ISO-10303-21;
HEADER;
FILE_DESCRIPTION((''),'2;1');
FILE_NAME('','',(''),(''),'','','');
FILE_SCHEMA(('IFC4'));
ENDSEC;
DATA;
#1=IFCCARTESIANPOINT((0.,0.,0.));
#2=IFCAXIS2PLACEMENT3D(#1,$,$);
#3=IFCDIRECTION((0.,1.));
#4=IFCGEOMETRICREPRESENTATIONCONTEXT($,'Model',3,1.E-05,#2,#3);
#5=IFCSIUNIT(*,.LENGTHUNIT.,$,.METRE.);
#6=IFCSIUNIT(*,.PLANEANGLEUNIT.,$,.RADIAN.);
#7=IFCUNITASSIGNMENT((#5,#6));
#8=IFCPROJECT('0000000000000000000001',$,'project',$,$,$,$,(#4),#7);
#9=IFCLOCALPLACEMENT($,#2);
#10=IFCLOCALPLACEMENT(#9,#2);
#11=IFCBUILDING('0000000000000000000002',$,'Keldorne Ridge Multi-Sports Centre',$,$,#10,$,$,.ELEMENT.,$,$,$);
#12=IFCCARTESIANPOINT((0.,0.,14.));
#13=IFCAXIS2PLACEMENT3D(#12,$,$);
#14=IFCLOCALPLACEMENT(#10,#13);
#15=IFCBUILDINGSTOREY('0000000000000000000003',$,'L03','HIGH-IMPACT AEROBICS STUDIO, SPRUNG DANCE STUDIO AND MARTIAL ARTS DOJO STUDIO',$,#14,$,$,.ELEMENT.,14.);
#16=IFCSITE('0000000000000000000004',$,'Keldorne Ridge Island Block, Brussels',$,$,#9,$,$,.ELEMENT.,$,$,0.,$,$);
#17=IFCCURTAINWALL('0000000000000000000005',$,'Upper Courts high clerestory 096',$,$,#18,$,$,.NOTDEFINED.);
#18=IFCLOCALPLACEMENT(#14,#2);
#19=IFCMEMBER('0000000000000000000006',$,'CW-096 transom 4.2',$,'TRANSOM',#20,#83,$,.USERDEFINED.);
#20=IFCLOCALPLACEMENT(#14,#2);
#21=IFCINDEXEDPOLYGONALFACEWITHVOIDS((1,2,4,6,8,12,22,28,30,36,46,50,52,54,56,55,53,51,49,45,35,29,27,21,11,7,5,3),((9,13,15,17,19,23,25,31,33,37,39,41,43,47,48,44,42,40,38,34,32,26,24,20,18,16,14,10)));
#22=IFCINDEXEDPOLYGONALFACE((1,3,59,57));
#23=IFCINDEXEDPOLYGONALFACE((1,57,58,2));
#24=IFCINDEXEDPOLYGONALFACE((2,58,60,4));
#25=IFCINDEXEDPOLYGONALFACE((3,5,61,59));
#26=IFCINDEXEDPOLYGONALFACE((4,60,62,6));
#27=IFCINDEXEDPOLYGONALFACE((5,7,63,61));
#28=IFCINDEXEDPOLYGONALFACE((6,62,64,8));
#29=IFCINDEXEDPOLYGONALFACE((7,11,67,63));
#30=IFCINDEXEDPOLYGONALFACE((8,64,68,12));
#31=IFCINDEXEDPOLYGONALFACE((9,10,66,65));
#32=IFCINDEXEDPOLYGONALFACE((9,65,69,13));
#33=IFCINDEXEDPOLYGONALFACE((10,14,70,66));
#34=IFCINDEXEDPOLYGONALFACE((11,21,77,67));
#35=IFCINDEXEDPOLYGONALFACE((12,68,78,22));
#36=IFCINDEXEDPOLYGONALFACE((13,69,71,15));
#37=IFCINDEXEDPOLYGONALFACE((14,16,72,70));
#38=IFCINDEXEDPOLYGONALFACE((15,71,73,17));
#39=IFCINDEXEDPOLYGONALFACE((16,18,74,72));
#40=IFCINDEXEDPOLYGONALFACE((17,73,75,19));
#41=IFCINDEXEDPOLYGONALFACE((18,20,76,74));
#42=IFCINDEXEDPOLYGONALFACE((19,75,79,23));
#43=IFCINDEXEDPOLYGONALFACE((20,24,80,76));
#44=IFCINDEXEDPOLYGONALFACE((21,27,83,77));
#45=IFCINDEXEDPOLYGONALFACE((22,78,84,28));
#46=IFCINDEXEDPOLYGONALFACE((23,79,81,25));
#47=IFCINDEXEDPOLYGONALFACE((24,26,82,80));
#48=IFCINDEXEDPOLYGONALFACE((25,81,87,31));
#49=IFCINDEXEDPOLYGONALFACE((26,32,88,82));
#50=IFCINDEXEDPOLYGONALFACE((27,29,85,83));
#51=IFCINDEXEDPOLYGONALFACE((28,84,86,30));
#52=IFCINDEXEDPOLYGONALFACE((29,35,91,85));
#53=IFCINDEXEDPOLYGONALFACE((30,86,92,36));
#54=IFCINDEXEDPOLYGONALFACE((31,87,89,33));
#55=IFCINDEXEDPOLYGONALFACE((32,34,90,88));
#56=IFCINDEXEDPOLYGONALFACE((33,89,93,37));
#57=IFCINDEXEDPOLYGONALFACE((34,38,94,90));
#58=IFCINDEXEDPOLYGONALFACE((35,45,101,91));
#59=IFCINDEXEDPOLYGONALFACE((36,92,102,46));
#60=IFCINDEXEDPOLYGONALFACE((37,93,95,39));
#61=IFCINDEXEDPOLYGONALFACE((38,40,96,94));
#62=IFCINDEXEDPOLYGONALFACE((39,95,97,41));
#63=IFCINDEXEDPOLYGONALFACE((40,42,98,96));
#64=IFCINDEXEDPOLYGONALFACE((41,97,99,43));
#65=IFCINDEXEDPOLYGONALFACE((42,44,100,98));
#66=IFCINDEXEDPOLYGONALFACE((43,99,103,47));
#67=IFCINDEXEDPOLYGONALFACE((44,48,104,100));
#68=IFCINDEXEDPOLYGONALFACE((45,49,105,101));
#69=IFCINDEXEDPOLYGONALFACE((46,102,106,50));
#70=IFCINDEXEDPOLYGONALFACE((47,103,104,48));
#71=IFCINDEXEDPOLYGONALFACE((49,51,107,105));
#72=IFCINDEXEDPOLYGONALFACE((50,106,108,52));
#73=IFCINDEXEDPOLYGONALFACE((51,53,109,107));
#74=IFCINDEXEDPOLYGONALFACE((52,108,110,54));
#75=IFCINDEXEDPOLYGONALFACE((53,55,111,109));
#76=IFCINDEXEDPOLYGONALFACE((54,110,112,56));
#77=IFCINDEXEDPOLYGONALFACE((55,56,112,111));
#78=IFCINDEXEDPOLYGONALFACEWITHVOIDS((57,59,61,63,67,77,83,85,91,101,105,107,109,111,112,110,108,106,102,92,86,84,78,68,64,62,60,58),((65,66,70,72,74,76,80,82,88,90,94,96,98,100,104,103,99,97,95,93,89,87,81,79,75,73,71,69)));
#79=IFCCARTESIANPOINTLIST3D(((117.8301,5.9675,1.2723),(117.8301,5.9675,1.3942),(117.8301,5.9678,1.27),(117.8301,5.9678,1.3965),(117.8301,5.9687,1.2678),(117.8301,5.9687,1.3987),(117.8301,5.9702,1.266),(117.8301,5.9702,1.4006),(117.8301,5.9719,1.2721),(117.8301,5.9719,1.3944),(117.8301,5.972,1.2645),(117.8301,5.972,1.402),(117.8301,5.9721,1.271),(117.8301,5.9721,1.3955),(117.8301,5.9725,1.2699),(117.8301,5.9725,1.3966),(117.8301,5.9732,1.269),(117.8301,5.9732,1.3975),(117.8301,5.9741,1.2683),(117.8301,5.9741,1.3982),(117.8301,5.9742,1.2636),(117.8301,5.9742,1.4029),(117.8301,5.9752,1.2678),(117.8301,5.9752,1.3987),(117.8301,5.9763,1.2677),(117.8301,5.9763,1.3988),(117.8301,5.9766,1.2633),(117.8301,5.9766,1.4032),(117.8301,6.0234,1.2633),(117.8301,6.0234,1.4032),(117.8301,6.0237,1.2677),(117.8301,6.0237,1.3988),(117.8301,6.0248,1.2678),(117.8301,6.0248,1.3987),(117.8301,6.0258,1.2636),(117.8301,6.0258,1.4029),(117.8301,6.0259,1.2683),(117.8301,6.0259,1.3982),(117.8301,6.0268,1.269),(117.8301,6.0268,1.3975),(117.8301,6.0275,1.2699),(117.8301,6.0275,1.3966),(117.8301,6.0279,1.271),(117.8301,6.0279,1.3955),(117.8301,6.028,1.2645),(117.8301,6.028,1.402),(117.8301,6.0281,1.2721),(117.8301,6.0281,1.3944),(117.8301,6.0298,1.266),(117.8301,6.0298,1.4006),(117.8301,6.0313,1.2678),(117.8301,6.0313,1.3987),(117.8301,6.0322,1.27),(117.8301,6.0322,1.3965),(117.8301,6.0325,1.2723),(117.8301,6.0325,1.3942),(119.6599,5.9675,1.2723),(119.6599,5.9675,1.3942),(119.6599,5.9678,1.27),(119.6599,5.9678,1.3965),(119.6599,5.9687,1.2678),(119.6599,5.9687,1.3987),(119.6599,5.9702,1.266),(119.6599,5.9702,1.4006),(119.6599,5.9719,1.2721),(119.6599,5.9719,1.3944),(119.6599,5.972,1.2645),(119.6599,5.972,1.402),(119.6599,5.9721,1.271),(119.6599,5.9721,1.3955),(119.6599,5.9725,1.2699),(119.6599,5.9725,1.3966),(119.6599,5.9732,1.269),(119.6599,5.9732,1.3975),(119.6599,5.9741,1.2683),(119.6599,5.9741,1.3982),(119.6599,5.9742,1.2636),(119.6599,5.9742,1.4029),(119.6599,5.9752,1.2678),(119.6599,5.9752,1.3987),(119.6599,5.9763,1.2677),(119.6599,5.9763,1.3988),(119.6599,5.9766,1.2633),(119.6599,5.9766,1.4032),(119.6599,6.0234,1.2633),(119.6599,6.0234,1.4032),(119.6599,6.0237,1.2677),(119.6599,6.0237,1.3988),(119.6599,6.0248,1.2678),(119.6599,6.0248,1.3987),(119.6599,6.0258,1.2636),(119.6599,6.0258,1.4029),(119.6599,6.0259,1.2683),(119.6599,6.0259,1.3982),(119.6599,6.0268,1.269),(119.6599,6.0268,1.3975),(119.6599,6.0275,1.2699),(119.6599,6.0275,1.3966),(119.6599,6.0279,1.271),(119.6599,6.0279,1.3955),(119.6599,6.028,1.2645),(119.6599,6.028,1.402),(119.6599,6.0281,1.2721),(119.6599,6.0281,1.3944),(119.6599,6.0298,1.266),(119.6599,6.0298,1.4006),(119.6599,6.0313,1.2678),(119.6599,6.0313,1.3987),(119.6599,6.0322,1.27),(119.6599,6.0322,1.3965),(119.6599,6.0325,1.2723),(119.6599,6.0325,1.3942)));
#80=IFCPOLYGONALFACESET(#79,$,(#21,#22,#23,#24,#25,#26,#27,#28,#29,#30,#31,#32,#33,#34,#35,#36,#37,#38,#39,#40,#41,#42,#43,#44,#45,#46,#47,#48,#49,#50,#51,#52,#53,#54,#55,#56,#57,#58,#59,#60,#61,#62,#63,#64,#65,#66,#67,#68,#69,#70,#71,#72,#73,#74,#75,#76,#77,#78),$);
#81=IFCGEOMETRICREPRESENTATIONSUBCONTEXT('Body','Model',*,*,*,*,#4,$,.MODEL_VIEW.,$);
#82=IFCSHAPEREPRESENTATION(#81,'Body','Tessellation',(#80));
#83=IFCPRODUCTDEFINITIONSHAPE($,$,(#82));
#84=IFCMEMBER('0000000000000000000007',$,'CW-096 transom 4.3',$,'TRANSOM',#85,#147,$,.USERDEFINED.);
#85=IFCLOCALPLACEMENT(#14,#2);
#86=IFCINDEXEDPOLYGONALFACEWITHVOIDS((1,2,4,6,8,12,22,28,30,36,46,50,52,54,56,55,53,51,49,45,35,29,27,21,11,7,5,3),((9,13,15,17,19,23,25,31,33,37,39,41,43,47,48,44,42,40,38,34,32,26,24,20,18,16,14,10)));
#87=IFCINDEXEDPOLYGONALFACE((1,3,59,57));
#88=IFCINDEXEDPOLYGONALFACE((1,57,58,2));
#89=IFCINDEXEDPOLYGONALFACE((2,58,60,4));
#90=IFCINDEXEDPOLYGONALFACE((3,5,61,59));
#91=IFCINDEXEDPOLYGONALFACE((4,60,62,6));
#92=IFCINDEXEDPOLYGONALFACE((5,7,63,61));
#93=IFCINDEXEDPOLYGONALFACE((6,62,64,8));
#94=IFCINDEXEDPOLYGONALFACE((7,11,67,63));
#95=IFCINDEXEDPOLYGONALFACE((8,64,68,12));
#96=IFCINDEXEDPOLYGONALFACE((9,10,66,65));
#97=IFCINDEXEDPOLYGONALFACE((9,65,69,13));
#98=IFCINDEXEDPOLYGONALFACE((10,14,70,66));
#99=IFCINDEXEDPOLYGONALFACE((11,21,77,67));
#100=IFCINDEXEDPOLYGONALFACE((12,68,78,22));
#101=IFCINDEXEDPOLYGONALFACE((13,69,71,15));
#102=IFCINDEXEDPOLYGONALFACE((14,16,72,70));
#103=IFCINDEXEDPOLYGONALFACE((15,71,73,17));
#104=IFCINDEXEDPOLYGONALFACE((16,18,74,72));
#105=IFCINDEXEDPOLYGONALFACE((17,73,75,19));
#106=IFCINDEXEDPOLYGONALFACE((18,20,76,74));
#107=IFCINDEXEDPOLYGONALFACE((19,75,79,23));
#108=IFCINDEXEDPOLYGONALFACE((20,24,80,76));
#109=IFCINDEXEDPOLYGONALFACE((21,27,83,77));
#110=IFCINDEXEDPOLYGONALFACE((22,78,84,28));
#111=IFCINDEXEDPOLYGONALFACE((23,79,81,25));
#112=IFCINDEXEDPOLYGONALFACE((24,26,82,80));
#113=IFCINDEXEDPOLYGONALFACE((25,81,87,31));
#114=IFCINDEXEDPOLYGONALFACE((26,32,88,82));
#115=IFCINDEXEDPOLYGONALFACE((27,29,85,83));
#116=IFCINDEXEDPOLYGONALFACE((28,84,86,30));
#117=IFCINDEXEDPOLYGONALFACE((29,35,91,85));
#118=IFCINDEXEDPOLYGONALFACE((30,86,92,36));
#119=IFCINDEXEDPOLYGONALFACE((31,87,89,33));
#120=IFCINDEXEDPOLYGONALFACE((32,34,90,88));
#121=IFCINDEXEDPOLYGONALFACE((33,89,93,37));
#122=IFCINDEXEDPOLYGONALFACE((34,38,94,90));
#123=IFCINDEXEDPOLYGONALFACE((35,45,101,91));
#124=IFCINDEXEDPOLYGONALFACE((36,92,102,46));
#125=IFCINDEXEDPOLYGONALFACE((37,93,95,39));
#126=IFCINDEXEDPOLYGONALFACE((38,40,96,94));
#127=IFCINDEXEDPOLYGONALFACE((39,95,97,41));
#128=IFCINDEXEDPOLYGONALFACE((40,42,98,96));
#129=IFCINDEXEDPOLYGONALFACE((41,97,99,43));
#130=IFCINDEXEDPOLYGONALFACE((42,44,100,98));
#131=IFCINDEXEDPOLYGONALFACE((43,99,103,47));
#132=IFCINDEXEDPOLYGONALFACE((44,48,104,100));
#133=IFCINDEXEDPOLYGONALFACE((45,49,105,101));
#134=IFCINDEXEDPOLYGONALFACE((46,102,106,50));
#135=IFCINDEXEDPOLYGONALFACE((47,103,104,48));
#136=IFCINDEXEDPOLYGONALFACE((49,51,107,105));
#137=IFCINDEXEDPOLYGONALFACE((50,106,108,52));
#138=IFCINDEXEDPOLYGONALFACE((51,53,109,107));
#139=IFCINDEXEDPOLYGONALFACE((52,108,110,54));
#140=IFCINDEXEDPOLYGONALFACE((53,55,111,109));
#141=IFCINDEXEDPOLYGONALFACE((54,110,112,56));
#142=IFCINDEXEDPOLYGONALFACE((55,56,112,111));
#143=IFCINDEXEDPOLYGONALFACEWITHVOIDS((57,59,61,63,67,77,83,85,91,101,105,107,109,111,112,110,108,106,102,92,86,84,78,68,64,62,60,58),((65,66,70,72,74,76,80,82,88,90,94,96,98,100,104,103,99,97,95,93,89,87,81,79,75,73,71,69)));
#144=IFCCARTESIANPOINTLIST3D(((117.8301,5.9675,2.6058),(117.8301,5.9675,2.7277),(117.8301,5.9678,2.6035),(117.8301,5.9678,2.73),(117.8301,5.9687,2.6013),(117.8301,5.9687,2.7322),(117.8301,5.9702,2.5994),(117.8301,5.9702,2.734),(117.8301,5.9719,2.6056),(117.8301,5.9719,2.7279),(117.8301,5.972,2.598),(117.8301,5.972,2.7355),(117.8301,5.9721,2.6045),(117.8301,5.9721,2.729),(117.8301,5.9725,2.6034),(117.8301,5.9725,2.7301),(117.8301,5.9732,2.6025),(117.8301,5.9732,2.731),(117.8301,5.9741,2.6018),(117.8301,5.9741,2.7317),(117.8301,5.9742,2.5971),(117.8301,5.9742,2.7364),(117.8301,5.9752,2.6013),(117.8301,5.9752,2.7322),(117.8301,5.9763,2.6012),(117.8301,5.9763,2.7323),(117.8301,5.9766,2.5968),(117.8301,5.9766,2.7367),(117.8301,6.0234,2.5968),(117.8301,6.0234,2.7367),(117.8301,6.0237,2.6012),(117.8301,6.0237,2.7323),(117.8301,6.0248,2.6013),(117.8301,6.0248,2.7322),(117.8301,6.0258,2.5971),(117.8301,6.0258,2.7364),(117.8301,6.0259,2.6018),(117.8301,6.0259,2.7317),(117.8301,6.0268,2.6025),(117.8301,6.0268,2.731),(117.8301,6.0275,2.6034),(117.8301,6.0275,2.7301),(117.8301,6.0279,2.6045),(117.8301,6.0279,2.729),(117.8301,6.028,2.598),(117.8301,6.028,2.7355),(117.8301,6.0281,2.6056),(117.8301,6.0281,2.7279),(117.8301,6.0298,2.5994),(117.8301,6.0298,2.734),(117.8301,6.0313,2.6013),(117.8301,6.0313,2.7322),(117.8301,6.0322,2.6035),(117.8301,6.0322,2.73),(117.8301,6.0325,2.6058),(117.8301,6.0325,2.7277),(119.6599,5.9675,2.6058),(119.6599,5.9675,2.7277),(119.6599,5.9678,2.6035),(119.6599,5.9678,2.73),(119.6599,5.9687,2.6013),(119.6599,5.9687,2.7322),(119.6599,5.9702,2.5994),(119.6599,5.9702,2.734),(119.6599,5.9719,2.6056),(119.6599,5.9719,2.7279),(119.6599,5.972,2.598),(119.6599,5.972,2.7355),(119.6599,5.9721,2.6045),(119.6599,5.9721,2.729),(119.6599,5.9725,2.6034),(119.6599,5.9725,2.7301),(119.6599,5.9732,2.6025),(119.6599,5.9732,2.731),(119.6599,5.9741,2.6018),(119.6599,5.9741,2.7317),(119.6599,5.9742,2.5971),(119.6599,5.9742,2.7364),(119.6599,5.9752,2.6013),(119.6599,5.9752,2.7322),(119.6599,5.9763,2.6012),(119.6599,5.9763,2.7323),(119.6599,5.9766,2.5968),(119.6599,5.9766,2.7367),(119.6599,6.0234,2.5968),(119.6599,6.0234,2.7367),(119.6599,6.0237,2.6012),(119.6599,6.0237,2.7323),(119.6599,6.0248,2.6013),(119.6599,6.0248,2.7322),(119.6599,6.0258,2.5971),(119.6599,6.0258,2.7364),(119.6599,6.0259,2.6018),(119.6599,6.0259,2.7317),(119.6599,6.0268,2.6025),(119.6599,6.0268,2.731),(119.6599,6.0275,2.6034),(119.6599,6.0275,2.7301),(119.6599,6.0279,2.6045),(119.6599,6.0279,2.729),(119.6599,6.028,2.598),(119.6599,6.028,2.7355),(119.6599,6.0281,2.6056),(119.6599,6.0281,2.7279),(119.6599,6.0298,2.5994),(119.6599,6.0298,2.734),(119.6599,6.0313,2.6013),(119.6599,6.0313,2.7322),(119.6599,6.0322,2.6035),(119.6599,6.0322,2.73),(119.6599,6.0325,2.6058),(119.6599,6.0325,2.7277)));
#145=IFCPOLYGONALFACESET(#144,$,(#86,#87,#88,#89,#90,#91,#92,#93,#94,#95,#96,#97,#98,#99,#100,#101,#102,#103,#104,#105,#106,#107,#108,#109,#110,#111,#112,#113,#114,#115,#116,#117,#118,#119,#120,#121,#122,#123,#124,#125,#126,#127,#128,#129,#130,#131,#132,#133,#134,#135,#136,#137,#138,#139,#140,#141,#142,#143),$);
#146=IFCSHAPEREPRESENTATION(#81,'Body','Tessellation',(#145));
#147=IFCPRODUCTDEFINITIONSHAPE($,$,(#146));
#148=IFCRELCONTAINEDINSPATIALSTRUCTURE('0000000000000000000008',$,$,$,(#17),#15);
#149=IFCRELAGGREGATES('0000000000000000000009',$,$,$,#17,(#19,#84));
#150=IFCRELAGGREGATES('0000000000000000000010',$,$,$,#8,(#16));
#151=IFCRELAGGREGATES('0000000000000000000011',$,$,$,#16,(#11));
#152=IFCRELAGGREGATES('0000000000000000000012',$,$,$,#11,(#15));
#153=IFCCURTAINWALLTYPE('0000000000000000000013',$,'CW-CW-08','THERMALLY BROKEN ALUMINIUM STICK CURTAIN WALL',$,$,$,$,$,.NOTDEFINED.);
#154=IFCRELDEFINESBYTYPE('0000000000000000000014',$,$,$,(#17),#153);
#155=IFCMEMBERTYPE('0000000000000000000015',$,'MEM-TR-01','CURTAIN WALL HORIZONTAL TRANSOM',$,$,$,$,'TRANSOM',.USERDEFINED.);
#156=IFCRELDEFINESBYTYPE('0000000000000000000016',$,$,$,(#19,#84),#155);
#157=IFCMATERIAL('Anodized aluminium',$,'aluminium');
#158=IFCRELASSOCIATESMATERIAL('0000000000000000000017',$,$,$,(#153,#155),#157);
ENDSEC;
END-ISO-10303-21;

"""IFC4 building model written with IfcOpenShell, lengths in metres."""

from ifc_helpers import new_model, si_unit, direction, frame, origin, origin_2d, place, context, subcontext, project, spatial, hollow_rectangle, extrude, material, material_profile, profile_set, type_object, element, aggregate, save


model = new_model("IFC4")

# Units and contexts
model_context = context("Model", 3, precision=1e-05, world=origin(), true_north=direction((0.0, 1.0)))
body_context = subcontext(model_context, "Body", "Model", "MODEL_VIEW")
ifc_project = project(units=[si_unit("LENGTHUNIT", "METRE"), si_unit("PLANEANGLEUNIT", "RADIAN")], contexts=[model_context])

# Site, building, storey
site_placement = place(None, origin())
site = spatial("IfcSite", under=ifc_project, at=site_placement, Name="Keldorne Ridge Island Block, Brussels", CompositionType="ELEMENT", RefElevation=0.0)
building_placement = place(site_placement, origin())
building = spatial("IfcBuilding", under=site, at=building_placement, Name="Keldorne Ridge Multi-Sports Centre", CompositionType="ELEMENT")
storey_placement = place(building_placement, frame((0.0, 0.0, 14.0)))
storey = spatial("IfcBuildingStorey", under=building, at=storey_placement, Name="L03", Description="HIGH-IMPACT AEROBICS STUDIO, SPRUNG DANCE STUDIO AND MARTIAL ARTS DOJO STUDIO", CompositionType="ELEMENT", Elevation=14.0)

# Curtain wall
ifc_material_1 = material(Name="Anodized aluminium", Category="aluminium")
curtain_wall_type = type_object("IfcCurtainWallType", Name="CW-CW-08", Description="THERMALLY BROKEN ALUMINIUM STICK CURTAIN WALL", PredefinedType="NOTDEFINED", material=ifc_material_1)
curtain_wall_placement = place(storey_placement, origin())
curtain_wall = element("IfcCurtainWall", 1, at=curtain_wall_placement, inside=storey, type_object=curtain_wall_type, Name="Upper Courts high clerestory 096", PredefinedType="NOTDEFINED")

# Members
ifc_material_profile_1 = material_profile(ifc_material_1, hollow_rectangle(XDim=0.0649, YDim=0.1399, WallThickness=0.0044, InnerFilletRadius=0.0044, OuterFilletRadius=0.009, at=origin_2d()), Name="ALU TRANSOM 140x65x4.5")
ifc_profile_set_1 = profile_set([ifc_material_profile_1], Name="Anodized aluminium")
member_type_1 = type_object("IfcMemberType", Name="MEM-TR-01", Description="CURTAIN WALL HORIZONTAL TRANSOM", ElementType="TRANSOM", PredefinedType="USERDEFINED", material=ifc_profile_set_1)
member_1_placement = place(storey_placement, frame((117.8301, 6.0, 1.3333), z_axis=(1.0, 0.0, 0.0), x_axis=(0.0, 1.0, 0.0)))
member_1 = element("IfcMember", 2, at=member_1_placement, type_object=member_type_1, Name="CW-096 transom 4.2", ObjectType="TRANSOM", PredefinedType="USERDEFINED", context=body_context, shape_type="SweptSolid", body=[
    extrude(hollow_rectangle(XDim=0.0649, YDim=0.1399, WallThickness=0.0044, InnerFilletRadius=0.0044, OuterFilletRadius=0.009, at=origin_2d()), origin(), (0.0, 0.0, 1.0), 1.8298),
])
member_2_placement = place(storey_placement, frame((117.8301, 6.0, 2.6667), z_axis=(1.0, 0.0, 0.0), x_axis=(0.0, 1.0, 0.0)))
member_2 = element("IfcMember", 3, at=member_2_placement, type_object=member_type_1, Name="CW-096 transom 4.3", ObjectType="TRANSOM", PredefinedType="USERDEFINED", context=body_context, shape_type="SweptSolid", body=[
    extrude(hollow_rectangle(XDim=0.0649, YDim=0.1399, WallThickness=0.0044, InnerFilletRadius=0.0044, OuterFilletRadius=0.009, at=origin_2d()), origin(), (0.0, 0.0, 1.0), 1.8298),
])

aggregate(curtain_wall, [member_1, member_2])

save(model, "model.ifc")
